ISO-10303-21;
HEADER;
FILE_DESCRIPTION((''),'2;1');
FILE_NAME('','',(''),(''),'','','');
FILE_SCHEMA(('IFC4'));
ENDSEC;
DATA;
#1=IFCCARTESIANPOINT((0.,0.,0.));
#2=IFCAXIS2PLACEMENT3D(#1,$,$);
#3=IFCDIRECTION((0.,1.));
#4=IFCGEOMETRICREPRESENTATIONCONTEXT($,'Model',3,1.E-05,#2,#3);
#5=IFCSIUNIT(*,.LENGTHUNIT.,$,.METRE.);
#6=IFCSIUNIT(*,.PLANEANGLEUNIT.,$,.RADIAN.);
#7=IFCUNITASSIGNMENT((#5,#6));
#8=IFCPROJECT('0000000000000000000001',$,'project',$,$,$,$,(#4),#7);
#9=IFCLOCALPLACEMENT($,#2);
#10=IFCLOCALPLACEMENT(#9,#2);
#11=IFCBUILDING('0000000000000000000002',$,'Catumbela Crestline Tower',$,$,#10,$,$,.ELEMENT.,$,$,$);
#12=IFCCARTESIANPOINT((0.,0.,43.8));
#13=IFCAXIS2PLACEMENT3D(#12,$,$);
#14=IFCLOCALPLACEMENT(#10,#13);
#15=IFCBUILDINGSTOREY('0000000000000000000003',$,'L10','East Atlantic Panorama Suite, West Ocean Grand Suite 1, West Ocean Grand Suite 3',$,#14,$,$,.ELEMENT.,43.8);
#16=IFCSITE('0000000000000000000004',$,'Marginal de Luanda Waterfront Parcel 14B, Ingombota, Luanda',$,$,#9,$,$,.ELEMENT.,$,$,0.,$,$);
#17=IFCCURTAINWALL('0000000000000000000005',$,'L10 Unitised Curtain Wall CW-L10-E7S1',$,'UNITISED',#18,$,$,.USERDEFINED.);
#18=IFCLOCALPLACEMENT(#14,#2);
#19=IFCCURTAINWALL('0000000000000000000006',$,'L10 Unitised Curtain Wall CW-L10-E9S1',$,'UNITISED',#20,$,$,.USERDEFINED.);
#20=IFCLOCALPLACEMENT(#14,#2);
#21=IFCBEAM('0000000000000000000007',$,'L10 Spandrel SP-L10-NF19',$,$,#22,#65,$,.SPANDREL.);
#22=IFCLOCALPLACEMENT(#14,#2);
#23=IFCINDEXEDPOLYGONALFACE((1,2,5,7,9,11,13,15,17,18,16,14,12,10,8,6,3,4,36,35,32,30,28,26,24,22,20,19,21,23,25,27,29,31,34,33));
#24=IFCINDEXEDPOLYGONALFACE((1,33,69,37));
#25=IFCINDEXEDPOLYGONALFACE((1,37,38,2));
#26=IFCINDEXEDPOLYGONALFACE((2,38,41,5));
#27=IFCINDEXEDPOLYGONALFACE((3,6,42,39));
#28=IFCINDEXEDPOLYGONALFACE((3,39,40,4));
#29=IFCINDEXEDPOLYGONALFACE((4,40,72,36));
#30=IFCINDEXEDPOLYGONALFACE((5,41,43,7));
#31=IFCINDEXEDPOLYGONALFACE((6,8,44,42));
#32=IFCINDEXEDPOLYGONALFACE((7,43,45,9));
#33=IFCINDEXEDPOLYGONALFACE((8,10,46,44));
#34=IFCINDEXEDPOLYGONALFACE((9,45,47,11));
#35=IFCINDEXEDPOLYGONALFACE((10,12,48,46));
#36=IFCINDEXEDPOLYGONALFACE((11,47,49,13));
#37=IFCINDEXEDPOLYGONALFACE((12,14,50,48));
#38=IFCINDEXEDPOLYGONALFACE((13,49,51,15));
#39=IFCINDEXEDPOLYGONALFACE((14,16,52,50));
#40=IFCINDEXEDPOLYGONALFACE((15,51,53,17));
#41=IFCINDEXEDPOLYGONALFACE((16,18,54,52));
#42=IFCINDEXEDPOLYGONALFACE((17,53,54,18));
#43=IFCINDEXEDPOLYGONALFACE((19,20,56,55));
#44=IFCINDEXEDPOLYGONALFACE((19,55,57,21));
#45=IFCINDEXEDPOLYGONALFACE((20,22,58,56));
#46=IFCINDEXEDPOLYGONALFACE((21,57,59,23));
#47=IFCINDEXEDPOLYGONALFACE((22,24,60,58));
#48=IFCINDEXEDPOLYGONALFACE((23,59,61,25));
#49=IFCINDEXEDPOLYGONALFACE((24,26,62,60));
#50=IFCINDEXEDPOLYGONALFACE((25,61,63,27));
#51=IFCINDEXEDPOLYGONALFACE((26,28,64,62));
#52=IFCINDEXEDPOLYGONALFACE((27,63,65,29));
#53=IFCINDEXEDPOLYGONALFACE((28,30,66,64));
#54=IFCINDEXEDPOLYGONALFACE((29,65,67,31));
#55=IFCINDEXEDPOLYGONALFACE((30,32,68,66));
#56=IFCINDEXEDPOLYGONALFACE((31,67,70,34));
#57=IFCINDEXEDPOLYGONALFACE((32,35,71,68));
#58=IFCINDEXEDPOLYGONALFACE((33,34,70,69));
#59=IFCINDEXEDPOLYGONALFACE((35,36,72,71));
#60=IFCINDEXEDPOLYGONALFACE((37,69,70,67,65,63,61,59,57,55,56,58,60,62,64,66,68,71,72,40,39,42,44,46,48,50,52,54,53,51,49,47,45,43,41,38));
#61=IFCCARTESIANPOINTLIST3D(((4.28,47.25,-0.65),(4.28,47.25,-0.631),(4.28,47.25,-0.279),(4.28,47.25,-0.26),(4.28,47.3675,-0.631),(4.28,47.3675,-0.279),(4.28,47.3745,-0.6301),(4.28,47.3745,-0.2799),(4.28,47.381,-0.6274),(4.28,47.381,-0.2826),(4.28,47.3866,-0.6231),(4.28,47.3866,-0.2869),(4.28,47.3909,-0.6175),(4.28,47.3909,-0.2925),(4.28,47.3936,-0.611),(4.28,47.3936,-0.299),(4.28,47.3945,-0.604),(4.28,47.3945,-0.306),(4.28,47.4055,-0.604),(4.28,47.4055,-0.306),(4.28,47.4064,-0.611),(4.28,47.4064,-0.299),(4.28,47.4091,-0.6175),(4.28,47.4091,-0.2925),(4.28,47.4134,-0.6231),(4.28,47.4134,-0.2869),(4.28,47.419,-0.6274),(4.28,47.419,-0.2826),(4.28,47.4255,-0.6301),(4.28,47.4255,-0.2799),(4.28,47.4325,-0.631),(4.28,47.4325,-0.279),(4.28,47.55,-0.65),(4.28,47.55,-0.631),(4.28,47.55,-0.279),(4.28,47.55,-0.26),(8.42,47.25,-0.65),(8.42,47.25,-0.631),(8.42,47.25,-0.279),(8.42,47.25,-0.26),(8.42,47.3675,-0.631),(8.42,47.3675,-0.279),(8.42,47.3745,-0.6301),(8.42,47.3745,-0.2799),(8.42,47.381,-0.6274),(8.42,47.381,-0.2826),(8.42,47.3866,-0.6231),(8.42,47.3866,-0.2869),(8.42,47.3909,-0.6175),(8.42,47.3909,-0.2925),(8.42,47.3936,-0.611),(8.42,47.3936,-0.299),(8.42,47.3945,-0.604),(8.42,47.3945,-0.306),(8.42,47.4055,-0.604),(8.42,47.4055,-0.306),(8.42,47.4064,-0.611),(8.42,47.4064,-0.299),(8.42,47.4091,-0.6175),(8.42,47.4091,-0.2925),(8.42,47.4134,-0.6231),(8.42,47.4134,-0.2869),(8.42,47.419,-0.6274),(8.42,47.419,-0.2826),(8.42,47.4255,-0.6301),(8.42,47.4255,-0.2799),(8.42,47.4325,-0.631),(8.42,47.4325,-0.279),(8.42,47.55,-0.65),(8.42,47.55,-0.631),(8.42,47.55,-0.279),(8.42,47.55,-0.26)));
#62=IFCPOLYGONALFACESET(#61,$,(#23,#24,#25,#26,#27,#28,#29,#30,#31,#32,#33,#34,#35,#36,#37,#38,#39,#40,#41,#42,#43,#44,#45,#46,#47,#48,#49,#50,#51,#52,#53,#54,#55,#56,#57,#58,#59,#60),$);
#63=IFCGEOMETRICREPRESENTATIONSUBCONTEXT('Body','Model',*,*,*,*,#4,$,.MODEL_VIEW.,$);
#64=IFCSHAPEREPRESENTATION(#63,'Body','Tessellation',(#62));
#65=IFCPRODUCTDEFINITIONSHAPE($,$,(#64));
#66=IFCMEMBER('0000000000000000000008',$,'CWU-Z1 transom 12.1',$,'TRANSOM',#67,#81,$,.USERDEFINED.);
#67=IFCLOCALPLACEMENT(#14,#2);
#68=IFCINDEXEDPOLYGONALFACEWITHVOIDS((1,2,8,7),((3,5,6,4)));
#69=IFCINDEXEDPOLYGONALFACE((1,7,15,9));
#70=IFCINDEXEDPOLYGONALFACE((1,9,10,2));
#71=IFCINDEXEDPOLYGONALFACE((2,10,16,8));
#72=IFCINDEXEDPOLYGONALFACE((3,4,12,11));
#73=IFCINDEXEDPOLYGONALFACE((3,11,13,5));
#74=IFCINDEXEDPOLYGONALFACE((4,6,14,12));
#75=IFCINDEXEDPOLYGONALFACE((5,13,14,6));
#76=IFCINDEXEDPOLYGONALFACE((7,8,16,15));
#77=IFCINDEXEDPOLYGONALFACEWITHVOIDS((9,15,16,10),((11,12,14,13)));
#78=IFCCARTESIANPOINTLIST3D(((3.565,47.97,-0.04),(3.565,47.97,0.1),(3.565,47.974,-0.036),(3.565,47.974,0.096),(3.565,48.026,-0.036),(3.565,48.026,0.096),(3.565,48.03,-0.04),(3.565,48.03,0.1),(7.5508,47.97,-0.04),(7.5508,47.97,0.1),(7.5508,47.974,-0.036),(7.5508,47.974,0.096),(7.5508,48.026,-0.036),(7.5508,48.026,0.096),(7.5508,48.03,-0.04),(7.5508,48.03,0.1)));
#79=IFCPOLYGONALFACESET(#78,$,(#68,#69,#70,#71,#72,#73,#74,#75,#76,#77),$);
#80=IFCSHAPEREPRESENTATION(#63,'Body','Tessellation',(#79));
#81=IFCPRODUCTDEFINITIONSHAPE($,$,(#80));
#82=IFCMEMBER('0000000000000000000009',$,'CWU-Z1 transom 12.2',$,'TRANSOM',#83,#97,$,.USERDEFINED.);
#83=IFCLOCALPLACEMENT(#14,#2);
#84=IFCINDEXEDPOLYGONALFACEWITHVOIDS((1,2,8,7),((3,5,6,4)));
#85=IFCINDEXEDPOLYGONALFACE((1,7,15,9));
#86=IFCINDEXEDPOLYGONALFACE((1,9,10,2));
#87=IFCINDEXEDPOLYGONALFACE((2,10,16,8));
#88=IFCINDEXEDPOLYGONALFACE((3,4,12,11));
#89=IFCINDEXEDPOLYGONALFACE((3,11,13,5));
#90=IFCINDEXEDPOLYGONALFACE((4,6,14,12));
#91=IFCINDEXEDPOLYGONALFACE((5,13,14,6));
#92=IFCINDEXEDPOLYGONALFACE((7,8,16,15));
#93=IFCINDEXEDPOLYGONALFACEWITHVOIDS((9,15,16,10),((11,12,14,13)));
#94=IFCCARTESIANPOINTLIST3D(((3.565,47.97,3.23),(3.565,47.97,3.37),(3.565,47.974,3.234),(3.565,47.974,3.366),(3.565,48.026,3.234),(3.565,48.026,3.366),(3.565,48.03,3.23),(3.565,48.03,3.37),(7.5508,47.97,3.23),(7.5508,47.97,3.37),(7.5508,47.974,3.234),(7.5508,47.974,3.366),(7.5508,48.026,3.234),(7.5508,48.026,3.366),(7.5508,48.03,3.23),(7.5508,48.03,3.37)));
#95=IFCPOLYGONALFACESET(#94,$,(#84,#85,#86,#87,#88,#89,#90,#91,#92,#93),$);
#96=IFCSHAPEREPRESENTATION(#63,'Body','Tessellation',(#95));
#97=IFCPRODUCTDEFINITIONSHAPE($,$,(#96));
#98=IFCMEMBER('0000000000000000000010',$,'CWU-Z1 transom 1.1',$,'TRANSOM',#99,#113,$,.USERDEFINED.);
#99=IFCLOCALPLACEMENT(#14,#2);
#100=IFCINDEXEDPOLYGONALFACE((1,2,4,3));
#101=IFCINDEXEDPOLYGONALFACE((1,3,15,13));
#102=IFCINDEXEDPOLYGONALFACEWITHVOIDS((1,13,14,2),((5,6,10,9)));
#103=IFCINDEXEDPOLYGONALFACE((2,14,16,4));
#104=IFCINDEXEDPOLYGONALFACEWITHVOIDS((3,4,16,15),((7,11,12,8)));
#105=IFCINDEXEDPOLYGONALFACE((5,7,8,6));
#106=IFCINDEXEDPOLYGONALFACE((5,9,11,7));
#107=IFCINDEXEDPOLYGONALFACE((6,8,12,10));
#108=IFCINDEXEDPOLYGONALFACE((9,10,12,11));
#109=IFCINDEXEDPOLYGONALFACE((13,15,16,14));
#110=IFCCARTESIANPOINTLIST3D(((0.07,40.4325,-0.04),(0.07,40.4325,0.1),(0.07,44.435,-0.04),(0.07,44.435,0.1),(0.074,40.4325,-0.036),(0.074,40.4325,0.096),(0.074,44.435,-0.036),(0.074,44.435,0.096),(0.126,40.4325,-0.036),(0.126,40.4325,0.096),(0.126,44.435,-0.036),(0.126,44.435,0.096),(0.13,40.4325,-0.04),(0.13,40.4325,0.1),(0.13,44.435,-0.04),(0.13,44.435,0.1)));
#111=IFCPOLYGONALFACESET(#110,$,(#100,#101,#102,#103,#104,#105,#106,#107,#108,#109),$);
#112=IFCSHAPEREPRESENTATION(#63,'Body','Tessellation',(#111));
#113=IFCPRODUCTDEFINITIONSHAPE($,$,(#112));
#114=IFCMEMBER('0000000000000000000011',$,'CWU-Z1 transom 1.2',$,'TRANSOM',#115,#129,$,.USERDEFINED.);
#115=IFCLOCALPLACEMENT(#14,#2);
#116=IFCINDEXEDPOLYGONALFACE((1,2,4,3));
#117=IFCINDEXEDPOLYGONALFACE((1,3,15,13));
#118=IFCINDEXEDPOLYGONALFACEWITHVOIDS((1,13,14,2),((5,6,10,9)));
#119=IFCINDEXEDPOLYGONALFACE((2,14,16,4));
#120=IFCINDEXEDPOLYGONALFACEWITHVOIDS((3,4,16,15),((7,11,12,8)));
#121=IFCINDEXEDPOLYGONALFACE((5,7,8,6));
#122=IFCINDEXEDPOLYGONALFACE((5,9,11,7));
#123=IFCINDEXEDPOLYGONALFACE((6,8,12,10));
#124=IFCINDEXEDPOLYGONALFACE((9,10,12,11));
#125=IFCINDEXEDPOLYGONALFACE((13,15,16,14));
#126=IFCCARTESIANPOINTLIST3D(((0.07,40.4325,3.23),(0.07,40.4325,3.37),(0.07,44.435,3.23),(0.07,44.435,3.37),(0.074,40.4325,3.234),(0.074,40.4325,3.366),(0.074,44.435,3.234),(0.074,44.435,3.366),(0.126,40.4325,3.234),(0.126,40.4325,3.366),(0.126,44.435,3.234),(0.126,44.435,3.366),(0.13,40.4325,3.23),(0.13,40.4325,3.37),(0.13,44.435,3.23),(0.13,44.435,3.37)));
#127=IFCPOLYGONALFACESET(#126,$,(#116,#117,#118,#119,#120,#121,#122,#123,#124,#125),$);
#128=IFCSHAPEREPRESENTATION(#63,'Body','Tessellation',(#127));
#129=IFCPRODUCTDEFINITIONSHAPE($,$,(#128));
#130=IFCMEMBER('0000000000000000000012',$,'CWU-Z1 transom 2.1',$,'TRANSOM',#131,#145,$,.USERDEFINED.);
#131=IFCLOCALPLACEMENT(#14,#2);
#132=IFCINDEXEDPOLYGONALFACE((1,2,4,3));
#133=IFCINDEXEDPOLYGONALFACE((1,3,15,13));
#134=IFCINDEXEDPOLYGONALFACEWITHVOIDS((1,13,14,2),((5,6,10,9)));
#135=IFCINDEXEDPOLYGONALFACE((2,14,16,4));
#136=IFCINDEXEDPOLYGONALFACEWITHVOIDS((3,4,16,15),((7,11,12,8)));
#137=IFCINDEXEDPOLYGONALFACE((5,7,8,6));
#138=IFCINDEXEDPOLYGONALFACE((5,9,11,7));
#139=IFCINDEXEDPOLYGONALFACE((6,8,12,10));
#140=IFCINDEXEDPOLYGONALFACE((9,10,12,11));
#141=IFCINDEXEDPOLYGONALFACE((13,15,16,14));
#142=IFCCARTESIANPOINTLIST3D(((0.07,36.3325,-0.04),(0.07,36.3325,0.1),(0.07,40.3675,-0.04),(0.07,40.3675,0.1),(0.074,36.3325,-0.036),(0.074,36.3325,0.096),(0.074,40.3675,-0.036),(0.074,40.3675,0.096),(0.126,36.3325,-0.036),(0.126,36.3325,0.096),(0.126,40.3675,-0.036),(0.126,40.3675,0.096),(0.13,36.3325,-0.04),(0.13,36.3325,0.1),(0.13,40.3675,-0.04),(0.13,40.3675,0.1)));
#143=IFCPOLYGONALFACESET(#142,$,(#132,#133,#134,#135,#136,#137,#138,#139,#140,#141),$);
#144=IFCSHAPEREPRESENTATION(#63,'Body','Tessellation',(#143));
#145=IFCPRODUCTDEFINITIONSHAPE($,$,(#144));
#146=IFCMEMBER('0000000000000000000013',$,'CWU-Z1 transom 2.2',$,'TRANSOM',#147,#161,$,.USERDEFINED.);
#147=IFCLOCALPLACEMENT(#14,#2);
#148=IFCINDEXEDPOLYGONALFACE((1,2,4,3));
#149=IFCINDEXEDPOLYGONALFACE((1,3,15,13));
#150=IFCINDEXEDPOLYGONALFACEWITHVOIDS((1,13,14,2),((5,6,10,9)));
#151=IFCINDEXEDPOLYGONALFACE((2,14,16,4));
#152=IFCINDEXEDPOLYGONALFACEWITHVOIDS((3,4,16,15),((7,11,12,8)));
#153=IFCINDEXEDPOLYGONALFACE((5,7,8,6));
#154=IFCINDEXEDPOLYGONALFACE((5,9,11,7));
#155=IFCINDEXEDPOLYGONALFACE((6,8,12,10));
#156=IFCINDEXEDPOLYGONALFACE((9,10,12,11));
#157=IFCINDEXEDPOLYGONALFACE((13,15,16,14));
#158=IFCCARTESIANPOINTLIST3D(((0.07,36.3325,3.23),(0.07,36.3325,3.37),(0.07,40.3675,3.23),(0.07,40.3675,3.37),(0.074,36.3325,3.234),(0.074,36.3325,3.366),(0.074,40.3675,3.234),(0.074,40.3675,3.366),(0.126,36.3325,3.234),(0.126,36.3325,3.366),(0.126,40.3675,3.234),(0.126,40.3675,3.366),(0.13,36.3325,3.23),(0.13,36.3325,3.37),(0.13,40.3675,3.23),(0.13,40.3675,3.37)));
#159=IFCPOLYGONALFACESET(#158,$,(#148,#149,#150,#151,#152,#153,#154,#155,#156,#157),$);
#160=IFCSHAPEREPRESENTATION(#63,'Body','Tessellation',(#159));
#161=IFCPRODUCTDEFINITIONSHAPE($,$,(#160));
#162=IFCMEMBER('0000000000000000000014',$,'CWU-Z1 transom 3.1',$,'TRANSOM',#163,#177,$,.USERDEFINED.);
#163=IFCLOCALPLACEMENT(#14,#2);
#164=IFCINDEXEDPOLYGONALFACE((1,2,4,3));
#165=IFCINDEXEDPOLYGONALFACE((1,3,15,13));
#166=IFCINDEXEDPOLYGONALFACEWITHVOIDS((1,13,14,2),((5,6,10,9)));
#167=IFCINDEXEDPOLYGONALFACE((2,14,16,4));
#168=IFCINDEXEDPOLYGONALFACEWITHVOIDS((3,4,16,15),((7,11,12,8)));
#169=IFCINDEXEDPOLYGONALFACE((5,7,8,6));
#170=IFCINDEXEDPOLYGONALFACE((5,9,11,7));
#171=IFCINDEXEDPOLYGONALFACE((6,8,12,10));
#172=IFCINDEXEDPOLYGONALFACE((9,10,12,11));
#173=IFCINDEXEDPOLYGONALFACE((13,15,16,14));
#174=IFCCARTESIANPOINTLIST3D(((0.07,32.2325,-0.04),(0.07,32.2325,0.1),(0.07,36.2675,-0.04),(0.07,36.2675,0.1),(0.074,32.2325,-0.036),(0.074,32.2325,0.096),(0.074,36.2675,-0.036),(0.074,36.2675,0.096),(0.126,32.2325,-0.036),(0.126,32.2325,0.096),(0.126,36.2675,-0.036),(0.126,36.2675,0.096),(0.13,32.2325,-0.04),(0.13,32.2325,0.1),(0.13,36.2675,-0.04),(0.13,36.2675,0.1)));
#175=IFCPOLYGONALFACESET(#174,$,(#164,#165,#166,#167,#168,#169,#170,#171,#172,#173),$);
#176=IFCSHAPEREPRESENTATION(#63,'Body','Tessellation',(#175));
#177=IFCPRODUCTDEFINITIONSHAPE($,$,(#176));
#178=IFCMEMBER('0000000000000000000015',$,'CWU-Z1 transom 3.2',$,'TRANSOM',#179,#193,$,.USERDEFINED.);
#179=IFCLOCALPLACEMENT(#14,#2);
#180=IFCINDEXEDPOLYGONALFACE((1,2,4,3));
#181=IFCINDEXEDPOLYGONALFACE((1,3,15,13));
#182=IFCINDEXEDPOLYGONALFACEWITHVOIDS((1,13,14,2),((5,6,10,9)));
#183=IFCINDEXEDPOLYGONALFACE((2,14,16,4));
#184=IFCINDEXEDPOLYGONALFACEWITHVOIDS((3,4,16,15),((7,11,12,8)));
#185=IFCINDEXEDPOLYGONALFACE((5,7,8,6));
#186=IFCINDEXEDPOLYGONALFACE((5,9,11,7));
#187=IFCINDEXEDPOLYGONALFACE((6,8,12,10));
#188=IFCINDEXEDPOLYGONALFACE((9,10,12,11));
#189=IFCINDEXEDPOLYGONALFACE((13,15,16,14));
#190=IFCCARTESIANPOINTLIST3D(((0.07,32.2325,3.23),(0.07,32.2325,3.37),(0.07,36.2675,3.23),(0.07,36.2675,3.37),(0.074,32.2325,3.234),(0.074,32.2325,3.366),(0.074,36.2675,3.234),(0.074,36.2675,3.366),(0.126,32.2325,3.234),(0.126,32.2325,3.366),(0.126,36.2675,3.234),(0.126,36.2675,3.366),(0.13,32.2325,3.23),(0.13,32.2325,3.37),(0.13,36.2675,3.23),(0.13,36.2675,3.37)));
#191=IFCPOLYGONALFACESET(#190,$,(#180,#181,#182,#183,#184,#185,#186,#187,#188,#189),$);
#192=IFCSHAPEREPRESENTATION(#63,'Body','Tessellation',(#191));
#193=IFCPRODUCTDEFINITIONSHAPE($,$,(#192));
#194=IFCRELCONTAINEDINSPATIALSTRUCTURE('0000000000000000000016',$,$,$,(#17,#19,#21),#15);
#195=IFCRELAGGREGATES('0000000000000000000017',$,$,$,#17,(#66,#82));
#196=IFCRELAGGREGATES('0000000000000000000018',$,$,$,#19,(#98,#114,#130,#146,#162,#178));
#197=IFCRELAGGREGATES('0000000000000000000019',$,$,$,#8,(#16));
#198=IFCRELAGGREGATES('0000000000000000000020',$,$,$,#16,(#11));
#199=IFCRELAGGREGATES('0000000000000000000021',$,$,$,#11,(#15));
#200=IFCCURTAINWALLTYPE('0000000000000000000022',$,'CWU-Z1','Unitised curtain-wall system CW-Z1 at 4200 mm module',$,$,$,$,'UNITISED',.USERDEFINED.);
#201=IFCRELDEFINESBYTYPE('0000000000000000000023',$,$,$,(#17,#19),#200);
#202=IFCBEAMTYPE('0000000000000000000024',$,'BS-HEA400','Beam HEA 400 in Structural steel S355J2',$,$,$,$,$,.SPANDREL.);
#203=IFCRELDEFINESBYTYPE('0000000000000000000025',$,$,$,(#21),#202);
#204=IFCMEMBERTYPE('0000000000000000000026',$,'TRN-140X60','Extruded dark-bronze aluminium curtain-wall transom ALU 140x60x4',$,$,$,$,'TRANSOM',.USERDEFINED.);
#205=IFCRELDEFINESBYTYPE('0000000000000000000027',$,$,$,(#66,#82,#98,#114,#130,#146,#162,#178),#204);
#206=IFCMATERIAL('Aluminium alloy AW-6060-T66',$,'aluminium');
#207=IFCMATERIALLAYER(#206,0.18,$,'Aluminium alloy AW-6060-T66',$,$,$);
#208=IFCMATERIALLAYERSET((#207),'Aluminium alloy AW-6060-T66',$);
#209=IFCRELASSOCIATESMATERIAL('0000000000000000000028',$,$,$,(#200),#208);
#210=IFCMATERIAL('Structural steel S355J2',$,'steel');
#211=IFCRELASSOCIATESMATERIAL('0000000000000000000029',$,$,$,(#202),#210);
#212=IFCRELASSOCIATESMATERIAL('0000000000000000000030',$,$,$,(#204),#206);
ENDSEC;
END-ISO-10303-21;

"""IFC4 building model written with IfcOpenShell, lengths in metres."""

from ifc_helpers import new_model, si_unit, direction, frame, origin, origin_2d, place, context, subcontext, project, spatial, hollow_rectangle, i_section, extrude, material, layer, layer_set, material_profile, profile_set, type_object, element, aggregate, save


model = new_model("IFC4")

# Units and contexts
model_context = context("Model", 3, precision=1e-05, world=origin(), true_north=direction((0.0, 1.0)))
body_context = subcontext(model_context, "Body", "Model", "MODEL_VIEW")
ifc_project = project(units=[si_unit("LENGTHUNIT", "METRE"), si_unit("PLANEANGLEUNIT", "RADIAN")], contexts=[model_context])

# Site, building, storey
site_placement = place(None, origin())
site = spatial("IfcSite", under=ifc_project, at=site_placement, Name="Marginal de Luanda Waterfront Parcel 14B, Ingombota, Luanda", CompositionType="ELEMENT", RefElevation=0.0)
building_placement = place(site_placement, origin())
building = spatial("IfcBuilding", under=site, at=building_placement, Name="Catumbela Crestline Tower", CompositionType="ELEMENT")
storey_placement = place(building_placement, frame((0.0, 0.0, 43.8)))
storey = spatial("IfcBuildingStorey", under=building, at=storey_placement, Name="L10", Description="East Atlantic Panorama Suite, West Ocean Grand Suite 1, West Ocean Grand Suite 3", CompositionType="ELEMENT", Elevation=43.8)

# Shared definitions
ifc_material_1 = material(Name="Structural steel S355J2", Category="steel")

# Curtain walls
ifc_material_2 = material(Name="Aluminium alloy AW-6060-T66", Category="aluminium")
ifc_layer_1 = layer(ifc_material_2, 0.18, Name="Aluminium alloy AW-6060-T66")
ifc_layer_set_1 = layer_set([ifc_layer_1], Name="Aluminium alloy AW-6060-T66")
curtain_wall_type = type_object("IfcCurtainWallType", Name="CWU-Z1", Description="Unitised curtain-wall system CW-Z1 at 4200 mm module", ElementType="UNITISED", PredefinedType="USERDEFINED", material=ifc_layer_set_1)
curtain_wall_1_placement = place(storey_placement, origin())
curtain_wall_1 = element("IfcCurtainWall", 1, at=curtain_wall_1_placement, inside=storey, type_object=curtain_wall_type, Name="L10 Unitised Curtain Wall CW-L10-E7S1", ObjectType="UNITISED", PredefinedType="USERDEFINED")
curtain_wall_2_placement = place(storey_placement, origin())
curtain_wall_2 = element("IfcCurtainWall", 2, at=curtain_wall_2_placement, inside=storey, type_object=curtain_wall_type, Name="L10 Unitised Curtain Wall CW-L10-E9S1", ObjectType="UNITISED", PredefinedType="USERDEFINED")

# Beam
ifc_material_profile_1 = material_profile(ifc_material_1, i_section(OverallWidth=0.3, OverallDepth=0.39, WebThickness=0.011, FlangeThickness=0.019, FilletRadius=0.027, at=origin_2d()), Name="HEA 400")
ifc_profile_set_1 = profile_set([ifc_material_profile_1], Name="Structural steel S355J2")
beam_type_1 = type_object("IfcBeamType", Name="BS-HEA400", Description="Beam HEA 400 in Structural steel S355J2", PredefinedType="SPANDREL", material=ifc_profile_set_1)
beam_1_placement = place(storey_placement, frame((4.28, 47.4, -0.455), z_axis=(1.0, 0.0, 0.0), x_axis=(0.0, 1.0, 0.0)))
element("IfcBeam", 3, at=beam_1_placement, inside=storey, type_object=beam_type_1, Name="L10 Spandrel SP-L10-NF19", PredefinedType="SPANDREL", context=body_context, shape_type="SweptSolid", body=[
    extrude(i_section(OverallWidth=0.3, OverallDepth=0.39, WebThickness=0.011, FlangeThickness=0.019, FilletRadius=0.027, at=origin_2d()), origin(), (0.0, 0.0, 1.0), 4.14),
])

# Members
ifc_material_profile_2 = material_profile(ifc_material_2, hollow_rectangle(XDim=0.06, YDim=0.14, WallThickness=0.004, at=origin_2d()), Name="ALU 140x60x4")
ifc_profile_set_2 = profile_set([ifc_material_profile_2], Name="Aluminium alloy AW-6060-T66")
member_type_1 = type_object("IfcMemberType", Name="TRN-140X60", Description="Extruded dark-bronze aluminium curtain-wall transom ALU 140x60x4", ElementType="TRANSOM", PredefinedType="USERDEFINED", material=ifc_profile_set_2)
member_1_placement = place(storey_placement, frame((7.5508, 48.0, 0.03), z_axis=(-1.0, 0.0, 0.0), x_axis=(0.0, -1.0, 0.0)))
member_1 = element("IfcMember", 4, at=member_1_placement, type_object=member_type_1, Name="CWU-Z1 transom 12.1", ObjectType="TRANSOM", PredefinedType="USERDEFINED", context=body_context, shape_type="SweptSolid", body=[
    extrude(hollow_rectangle(XDim=0.06, YDim=0.14, WallThickness=0.004, at=origin_2d()), origin(), (0.0, 0.0, 1.0), 3.9858),
])
member_2_placement = place(storey_placement, frame((7.5508, 48.0, 3.3), z_axis=(-1.0, 0.0, 0.0), x_axis=(0.0, -1.0, 0.0)))
member_2 = element("IfcMember", 5, at=member_2_placement, type_object=member_type_1, Name="CWU-Z1 transom 12.2", ObjectType="TRANSOM", PredefinedType="USERDEFINED", context=body_context, shape_type="SweptSolid", body=[
    extrude(hollow_rectangle(XDim=0.06, YDim=0.14, WallThickness=0.004, at=origin_2d()), origin(), (0.0, 0.0, 1.0), 3.9858),
])
member_3_placement = place(storey_placement, frame((0.1, 44.435, 0.03), z_axis=(0.0, -1.0, 0.0), x_axis=(1.0, 0.0, 0.0)))
member_3 = element("IfcMember", 6, at=member_3_placement, type_object=member_type_1, Name="CWU-Z1 transom 1.1", ObjectType="TRANSOM", PredefinedType="USERDEFINED", context=body_context, shape_type="SweptSolid", body=[
    extrude(hollow_rectangle(XDim=0.06, YDim=0.14, WallThickness=0.004, at=origin_2d()), origin(), (0.0, 0.0, 1.0), 4.0025),
])
member_4_placement = place(storey_placement, frame((0.1, 44.435, 3.3), z_axis=(0.0, -1.0, 0.0), x_axis=(1.0, 0.0, 0.0)))
member_4 = element("IfcMember", 7, at=member_4_placement, type_object=member_type_1, Name="CWU-Z1 transom 1.2", ObjectType="TRANSOM", PredefinedType="USERDEFINED", context=body_context, shape_type="SweptSolid", body=[
    extrude(hollow_rectangle(XDim=0.06, YDim=0.14, WallThickness=0.004, at=origin_2d()), origin(), (0.0, 0.0, 1.0), 4.0025),
])
member_5_placement = place(storey_placement, frame((0.1, 40.3675, 0.03), z_axis=(0.0, -1.0, 0.0), x_axis=(1.0, 0.0, 0.0)))
member_5 = element("IfcMember", 8, at=member_5_placement, type_object=member_type_1, Name="CWU-Z1 transom 2.1", ObjectType="TRANSOM", PredefinedType="USERDEFINED", context=body_context, shape_type="SweptSolid", body=[
    extrude(hollow_rectangle(XDim=0.06, YDim=0.14, WallThickness=0.004, at=origin_2d()), origin(), (0.0, 0.0, 1.0), 4.035),
])
member_6_placement = place(storey_placement, frame((0.1, 40.3675, 3.3), z_axis=(0.0, -1.0, 0.0), x_axis=(1.0, 0.0, 0.0)))
member_6 = element("IfcMember", 9, at=member_6_placement, type_object=member_type_1, Name="CWU-Z1 transom 2.2", ObjectType="TRANSOM", PredefinedType="USERDEFINED", context=body_context, shape_type="SweptSolid", body=[
    extrude(hollow_rectangle(XDim=0.06, YDim=0.14, WallThickness=0.004, at=origin_2d()), origin(), (0.0, 0.0, 1.0), 4.035),
])
member_7_placement = place(storey_placement, frame((0.1, 36.2675, 0.03), z_axis=(0.0, -1.0, 0.0), x_axis=(1.0, 0.0, 0.0)))
member_7 = element("IfcMember", 10, at=member_7_placement, type_object=member_type_1, Name="CWU-Z1 transom 3.1", ObjectType="TRANSOM", PredefinedType="USERDEFINED", context=body_context, shape_type="SweptSolid", body=[
    extrude(hollow_rectangle(XDim=0.06, YDim=0.14, WallThickness=0.004, at=origin_2d()), origin(), (0.0, 0.0, 1.0), 4.035),
])
member_8_placement = place(storey_placement, frame((0.1, 36.2675, 3.3), z_axis=(0.0, -1.0, 0.0), x_axis=(1.0, 0.0, 0.0)))
member_8 = element("IfcMember", 11, at=member_8_placement, type_object=member_type_1, Name="CWU-Z1 transom 3.2", ObjectType="TRANSOM", PredefinedType="USERDEFINED", context=body_context, shape_type="SweptSolid", body=[
    extrude(hollow_rectangle(XDim=0.06, YDim=0.14, WallThickness=0.004, at=origin_2d()), origin(), (0.0, 0.0, 1.0), 4.035),
])

aggregate(curtain_wall_1, [member_1, member_2])
aggregate(curtain_wall_2, [member_3, member_4, member_5, member_6, member_7, member_8])

save(model, "model.ifc")
